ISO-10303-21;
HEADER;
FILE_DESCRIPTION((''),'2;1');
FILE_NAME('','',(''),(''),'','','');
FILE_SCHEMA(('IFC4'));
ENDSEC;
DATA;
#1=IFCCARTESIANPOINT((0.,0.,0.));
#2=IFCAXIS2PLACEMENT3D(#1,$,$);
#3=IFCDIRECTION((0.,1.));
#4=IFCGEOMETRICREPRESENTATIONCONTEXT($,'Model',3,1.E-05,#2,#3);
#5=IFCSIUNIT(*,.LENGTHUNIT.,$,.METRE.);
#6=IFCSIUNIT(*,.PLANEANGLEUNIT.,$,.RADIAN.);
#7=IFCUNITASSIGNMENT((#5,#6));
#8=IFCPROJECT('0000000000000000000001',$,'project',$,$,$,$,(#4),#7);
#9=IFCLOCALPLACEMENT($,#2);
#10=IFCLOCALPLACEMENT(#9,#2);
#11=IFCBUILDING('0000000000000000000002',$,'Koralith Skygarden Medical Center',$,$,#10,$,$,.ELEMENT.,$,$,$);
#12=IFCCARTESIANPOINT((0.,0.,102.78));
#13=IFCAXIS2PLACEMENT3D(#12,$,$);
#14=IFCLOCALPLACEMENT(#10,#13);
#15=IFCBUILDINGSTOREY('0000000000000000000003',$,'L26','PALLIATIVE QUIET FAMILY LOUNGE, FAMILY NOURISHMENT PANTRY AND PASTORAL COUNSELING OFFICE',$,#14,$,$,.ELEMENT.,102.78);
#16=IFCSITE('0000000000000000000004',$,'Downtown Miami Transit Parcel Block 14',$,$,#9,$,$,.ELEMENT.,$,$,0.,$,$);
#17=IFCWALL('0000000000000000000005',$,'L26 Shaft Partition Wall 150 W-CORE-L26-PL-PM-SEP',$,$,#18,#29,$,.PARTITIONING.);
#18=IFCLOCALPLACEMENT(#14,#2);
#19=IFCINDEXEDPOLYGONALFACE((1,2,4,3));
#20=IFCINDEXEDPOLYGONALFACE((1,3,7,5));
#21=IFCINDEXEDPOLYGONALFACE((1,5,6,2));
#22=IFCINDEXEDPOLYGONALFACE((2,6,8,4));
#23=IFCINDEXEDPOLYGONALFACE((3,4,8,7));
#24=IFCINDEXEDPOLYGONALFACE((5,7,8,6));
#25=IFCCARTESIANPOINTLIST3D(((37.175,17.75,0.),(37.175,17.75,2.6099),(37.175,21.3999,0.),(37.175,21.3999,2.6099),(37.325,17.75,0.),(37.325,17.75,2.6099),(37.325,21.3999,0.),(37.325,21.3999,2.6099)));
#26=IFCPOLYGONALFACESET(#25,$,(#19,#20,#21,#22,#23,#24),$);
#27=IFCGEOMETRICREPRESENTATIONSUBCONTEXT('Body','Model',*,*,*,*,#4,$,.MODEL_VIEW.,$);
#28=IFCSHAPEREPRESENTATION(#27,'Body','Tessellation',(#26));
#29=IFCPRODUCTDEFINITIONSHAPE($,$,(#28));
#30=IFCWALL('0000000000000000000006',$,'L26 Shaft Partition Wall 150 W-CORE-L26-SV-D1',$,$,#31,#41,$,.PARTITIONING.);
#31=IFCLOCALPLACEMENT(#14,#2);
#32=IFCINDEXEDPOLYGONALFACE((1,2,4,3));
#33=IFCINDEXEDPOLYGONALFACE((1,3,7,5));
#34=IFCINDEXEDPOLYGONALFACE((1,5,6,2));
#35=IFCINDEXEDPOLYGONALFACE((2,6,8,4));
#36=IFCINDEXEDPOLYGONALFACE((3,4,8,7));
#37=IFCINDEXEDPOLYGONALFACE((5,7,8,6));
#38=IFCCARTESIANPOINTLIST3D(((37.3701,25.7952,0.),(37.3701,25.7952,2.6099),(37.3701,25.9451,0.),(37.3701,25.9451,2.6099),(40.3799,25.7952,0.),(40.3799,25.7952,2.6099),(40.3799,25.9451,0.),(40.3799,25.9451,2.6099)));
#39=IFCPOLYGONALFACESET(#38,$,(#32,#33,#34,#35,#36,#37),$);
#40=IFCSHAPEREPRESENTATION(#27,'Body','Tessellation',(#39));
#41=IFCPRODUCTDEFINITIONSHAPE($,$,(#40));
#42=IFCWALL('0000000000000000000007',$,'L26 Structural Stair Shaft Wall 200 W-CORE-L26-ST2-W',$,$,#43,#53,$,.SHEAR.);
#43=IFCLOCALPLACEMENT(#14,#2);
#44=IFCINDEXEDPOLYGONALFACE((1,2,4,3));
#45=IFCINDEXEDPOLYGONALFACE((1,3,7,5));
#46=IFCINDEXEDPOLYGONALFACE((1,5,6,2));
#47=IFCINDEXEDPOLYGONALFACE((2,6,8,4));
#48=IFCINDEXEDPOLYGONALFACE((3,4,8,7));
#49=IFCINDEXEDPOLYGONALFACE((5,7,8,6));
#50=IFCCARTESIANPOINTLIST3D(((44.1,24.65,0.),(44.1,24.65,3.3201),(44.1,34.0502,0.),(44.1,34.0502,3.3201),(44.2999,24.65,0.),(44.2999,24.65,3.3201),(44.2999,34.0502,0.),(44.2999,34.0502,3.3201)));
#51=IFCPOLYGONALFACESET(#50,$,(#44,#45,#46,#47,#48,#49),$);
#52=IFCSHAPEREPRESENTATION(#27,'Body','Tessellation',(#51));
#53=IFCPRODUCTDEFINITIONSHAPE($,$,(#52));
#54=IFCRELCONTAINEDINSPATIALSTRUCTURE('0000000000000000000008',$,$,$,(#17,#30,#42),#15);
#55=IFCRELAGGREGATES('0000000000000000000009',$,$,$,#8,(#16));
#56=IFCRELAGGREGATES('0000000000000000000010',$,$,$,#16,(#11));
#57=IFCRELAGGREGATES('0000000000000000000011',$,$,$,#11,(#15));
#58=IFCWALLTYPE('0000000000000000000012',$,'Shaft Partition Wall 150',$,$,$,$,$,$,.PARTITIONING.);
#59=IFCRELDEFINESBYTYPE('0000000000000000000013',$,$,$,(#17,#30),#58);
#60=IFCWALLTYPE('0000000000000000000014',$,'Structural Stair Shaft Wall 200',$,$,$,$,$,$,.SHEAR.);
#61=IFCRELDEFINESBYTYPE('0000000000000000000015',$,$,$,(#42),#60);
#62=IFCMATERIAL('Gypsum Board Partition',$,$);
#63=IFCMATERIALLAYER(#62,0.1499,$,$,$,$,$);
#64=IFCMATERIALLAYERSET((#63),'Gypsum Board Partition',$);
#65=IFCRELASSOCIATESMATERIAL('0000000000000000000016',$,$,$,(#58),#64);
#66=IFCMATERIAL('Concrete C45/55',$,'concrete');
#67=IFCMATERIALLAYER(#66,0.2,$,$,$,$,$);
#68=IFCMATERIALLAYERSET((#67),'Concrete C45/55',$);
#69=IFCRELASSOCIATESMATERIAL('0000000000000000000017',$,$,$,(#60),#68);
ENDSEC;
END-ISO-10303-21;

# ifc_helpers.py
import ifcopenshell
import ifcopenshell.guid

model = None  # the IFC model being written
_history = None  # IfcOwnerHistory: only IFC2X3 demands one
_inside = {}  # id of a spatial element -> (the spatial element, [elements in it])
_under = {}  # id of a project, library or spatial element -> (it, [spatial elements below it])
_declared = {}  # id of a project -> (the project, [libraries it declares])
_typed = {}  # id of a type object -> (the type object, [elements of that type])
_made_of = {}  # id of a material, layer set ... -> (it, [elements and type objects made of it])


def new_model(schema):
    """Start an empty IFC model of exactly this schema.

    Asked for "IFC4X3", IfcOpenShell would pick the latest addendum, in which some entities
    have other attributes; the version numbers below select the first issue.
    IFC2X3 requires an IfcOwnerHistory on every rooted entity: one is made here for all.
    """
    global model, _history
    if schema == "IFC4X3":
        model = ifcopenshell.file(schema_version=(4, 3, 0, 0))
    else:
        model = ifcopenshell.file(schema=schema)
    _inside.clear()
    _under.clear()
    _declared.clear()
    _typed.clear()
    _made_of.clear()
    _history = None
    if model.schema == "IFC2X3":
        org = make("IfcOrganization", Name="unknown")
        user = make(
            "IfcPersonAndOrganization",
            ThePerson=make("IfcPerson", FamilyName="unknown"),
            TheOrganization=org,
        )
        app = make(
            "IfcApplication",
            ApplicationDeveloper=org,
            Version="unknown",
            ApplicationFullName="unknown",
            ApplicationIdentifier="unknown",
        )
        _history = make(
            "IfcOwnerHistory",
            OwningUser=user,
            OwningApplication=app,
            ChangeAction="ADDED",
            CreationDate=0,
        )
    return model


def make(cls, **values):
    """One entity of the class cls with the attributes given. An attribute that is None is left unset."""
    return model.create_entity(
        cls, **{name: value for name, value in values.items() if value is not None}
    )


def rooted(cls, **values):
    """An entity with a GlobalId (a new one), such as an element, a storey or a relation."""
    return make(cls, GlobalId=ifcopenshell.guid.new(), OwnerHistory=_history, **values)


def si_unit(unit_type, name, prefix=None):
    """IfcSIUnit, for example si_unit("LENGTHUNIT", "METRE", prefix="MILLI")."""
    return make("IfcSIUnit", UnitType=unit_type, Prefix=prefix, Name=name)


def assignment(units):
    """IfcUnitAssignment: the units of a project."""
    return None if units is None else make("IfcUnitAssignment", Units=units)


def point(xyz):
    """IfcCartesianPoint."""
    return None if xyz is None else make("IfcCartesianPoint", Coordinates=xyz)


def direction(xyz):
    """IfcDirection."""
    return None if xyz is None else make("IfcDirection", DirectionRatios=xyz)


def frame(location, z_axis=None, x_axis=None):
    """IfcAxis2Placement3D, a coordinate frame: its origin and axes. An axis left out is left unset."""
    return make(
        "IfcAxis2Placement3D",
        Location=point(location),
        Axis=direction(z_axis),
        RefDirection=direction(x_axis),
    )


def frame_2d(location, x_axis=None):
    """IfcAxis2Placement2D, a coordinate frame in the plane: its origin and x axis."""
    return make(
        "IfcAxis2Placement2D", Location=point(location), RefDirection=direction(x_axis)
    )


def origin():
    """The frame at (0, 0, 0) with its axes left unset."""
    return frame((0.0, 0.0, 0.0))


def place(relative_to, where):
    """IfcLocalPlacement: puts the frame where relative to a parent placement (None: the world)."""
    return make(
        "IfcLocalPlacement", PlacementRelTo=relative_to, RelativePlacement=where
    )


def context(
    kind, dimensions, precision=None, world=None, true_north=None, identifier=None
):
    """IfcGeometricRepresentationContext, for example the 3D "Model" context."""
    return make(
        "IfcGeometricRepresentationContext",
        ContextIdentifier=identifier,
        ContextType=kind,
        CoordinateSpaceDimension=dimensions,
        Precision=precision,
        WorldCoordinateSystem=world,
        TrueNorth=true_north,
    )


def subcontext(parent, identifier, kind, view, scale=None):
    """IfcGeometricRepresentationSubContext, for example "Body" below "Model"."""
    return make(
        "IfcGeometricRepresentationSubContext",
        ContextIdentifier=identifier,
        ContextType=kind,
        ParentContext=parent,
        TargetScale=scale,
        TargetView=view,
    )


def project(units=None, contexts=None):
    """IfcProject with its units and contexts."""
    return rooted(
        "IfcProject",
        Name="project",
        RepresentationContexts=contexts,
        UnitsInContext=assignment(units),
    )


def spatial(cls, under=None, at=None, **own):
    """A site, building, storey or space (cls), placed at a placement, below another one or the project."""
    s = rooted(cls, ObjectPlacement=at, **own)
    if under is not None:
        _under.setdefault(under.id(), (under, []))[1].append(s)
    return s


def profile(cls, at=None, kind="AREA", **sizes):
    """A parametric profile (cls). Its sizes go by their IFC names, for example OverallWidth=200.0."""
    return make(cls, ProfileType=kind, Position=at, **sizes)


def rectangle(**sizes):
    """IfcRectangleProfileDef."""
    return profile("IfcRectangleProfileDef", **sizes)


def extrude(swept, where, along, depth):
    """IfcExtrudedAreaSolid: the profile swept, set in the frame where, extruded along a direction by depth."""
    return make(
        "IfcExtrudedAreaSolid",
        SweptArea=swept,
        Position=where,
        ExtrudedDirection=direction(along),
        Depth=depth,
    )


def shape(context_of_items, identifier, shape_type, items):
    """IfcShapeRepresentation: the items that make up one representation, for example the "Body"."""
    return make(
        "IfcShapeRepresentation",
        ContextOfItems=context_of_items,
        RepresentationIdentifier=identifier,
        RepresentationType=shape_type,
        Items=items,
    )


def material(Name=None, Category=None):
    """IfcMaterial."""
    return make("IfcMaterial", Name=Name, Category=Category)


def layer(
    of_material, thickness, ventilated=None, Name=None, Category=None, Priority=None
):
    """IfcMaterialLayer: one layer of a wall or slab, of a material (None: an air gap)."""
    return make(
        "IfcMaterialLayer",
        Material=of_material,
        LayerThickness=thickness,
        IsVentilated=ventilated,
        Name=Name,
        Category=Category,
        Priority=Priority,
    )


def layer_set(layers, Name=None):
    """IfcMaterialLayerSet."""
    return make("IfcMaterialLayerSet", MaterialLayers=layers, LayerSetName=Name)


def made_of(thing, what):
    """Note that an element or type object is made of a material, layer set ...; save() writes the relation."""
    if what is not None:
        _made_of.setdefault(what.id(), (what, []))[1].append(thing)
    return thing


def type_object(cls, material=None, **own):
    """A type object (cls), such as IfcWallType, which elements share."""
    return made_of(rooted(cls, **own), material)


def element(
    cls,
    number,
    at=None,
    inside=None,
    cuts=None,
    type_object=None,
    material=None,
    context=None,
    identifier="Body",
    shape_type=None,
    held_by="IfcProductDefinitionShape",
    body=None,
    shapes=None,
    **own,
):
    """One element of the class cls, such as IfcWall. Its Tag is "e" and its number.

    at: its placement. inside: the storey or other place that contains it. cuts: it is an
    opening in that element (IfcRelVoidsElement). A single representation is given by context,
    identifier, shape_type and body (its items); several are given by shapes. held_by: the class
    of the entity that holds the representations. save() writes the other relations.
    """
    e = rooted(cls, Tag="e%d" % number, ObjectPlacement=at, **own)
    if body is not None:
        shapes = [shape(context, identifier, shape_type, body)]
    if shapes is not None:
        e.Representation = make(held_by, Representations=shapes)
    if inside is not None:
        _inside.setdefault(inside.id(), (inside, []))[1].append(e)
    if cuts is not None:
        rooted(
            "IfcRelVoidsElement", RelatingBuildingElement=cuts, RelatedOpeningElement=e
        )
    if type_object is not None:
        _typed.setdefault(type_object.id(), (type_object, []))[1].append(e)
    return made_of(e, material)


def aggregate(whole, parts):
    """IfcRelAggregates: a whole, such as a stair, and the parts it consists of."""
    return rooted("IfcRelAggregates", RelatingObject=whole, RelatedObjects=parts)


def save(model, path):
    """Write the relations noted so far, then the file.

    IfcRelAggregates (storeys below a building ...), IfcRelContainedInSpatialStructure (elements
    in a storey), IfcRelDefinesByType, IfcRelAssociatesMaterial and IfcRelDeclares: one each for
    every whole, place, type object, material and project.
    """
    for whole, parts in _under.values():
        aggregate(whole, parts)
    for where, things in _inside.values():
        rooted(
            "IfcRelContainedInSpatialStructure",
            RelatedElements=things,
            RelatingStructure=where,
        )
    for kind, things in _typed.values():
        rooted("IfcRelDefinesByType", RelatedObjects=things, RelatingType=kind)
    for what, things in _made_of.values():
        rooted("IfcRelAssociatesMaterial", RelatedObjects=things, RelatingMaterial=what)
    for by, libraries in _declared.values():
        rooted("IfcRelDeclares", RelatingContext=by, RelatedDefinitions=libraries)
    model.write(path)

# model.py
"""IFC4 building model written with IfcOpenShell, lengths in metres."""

from ifc_helpers import new_model, si_unit, direction, frame, frame_2d, origin, place, context, subcontext, project, spatial, rectangle, extrude, material, layer, layer_set, type_object, element, save


model = new_model("IFC4")

# Units and contexts
model_context = context("Model", 3, precision=1e-05, world=origin(), true_north=direction((0.0, 1.0)))
body_context = subcontext(model_context, "Body", "Model", "MODEL_VIEW")
ifc_project = project(units=[si_unit("LENGTHUNIT", "METRE"), si_unit("PLANEANGLEUNIT", "RADIAN")], contexts=[model_context])

# Site, building, storey
site_placement = place(None, origin())
site = spatial("IfcSite", under=ifc_project, at=site_placement, Name="Downtown Miami Transit Parcel Block 14", CompositionType="ELEMENT", RefElevation=0.0)
building_placement = place(site_placement, origin())
building = spatial("IfcBuilding", under=site, at=building_placement, Name="Koralith Skygarden Medical Center", CompositionType="ELEMENT")
storey_placement = place(building_placement, frame((0.0, 0.0, 102.78)))
storey = spatial("IfcBuildingStorey", under=building, at=storey_placement, Name="L26", Description="PALLIATIVE QUIET FAMILY LOUNGE, FAMILY NOURISHMENT PANTRY AND PASTORAL COUNSELING OFFICE", CompositionType="ELEMENT", Elevation=102.78)

# Shared definitions
ifc_material_1 = material(Name="Gypsum Board Partition")

# Walls
ifc_layer_1 = layer(ifc_material_1, 0.1499)
ifc_layer_set_1 = layer_set([ifc_layer_1], Name="Gypsum Board Partition")
wall_type_1 = type_object("IfcWallType", Name="Shaft Partition Wall 150", PredefinedType="PARTITIONING", material=ifc_layer_set_1)
wall_1_placement = place(storey_placement, frame((37.25, 17.75, 0.0), z_axis=(0.0, 0.0, 1.0), x_axis=(0.0, 1.0, 0.0)))
element("IfcWall", 1, at=wall_1_placement, inside=storey, type_object=wall_type_1, Name="L26 Shaft Partition Wall 150 W-CORE-L26-PL-PM-SEP", PredefinedType="PARTITIONING", context=body_context, shape_type="SweptSolid", body=[
    extrude(rectangle(XDim=3.6499, YDim=0.1499, at=frame_2d((1.825, 0.0))), origin(), (0.0, 0.0, 1.0), 2.6099),
])
wall_2_placement = place(storey_placement, frame((37.3701, 25.8701, 0.0), z_axis=(0.0, 0.0, 1.0), x_axis=(1.0, 0.0, 0.0)))
element("IfcWall", 2, at=wall_2_placement, inside=storey, type_object=wall_type_1, Name="L26 Shaft Partition Wall 150 W-CORE-L26-SV-D1", PredefinedType="PARTITIONING", context=body_context, shape_type="SweptSolid", body=[
    extrude(rectangle(XDim=3.0098, YDim=0.1499, at=frame_2d((1.5049, 0.0))), origin(), (0.0, 0.0, 1.0), 2.6099),
])
ifc_material_2 = material(Name="Concrete C45/55", Category="concrete")
ifc_layer_2 = layer(ifc_material_2, 0.2)
ifc_layer_set_2 = layer_set([ifc_layer_2], Name="Concrete C45/55")
wall_type_2 = type_object("IfcWallType", Name="Structural Stair Shaft Wall 200", PredefinedType="SHEAR", material=ifc_layer_set_2)
wall_3_placement = place(storey_placement, frame((44.2, 24.6499, 0.0), z_axis=(0.0, 0.0, 1.0), x_axis=(0.0, 1.0, 0.0)))
element("IfcWall", 3, at=wall_3_placement, inside=storey, type_object=wall_type_2, Name="L26 Structural Stair Shaft Wall 200 W-CORE-L26-ST2-W", PredefinedType="SHEAR", context=body_context, shape_type="SweptSolid", body=[
    extrude(rectangle(XDim=9.4001, YDim=0.2, at=frame_2d((4.7002, 0.0))), origin(), (0.0, 0.0, 1.0), 3.3201),
])

save(model, "model.ifc")
